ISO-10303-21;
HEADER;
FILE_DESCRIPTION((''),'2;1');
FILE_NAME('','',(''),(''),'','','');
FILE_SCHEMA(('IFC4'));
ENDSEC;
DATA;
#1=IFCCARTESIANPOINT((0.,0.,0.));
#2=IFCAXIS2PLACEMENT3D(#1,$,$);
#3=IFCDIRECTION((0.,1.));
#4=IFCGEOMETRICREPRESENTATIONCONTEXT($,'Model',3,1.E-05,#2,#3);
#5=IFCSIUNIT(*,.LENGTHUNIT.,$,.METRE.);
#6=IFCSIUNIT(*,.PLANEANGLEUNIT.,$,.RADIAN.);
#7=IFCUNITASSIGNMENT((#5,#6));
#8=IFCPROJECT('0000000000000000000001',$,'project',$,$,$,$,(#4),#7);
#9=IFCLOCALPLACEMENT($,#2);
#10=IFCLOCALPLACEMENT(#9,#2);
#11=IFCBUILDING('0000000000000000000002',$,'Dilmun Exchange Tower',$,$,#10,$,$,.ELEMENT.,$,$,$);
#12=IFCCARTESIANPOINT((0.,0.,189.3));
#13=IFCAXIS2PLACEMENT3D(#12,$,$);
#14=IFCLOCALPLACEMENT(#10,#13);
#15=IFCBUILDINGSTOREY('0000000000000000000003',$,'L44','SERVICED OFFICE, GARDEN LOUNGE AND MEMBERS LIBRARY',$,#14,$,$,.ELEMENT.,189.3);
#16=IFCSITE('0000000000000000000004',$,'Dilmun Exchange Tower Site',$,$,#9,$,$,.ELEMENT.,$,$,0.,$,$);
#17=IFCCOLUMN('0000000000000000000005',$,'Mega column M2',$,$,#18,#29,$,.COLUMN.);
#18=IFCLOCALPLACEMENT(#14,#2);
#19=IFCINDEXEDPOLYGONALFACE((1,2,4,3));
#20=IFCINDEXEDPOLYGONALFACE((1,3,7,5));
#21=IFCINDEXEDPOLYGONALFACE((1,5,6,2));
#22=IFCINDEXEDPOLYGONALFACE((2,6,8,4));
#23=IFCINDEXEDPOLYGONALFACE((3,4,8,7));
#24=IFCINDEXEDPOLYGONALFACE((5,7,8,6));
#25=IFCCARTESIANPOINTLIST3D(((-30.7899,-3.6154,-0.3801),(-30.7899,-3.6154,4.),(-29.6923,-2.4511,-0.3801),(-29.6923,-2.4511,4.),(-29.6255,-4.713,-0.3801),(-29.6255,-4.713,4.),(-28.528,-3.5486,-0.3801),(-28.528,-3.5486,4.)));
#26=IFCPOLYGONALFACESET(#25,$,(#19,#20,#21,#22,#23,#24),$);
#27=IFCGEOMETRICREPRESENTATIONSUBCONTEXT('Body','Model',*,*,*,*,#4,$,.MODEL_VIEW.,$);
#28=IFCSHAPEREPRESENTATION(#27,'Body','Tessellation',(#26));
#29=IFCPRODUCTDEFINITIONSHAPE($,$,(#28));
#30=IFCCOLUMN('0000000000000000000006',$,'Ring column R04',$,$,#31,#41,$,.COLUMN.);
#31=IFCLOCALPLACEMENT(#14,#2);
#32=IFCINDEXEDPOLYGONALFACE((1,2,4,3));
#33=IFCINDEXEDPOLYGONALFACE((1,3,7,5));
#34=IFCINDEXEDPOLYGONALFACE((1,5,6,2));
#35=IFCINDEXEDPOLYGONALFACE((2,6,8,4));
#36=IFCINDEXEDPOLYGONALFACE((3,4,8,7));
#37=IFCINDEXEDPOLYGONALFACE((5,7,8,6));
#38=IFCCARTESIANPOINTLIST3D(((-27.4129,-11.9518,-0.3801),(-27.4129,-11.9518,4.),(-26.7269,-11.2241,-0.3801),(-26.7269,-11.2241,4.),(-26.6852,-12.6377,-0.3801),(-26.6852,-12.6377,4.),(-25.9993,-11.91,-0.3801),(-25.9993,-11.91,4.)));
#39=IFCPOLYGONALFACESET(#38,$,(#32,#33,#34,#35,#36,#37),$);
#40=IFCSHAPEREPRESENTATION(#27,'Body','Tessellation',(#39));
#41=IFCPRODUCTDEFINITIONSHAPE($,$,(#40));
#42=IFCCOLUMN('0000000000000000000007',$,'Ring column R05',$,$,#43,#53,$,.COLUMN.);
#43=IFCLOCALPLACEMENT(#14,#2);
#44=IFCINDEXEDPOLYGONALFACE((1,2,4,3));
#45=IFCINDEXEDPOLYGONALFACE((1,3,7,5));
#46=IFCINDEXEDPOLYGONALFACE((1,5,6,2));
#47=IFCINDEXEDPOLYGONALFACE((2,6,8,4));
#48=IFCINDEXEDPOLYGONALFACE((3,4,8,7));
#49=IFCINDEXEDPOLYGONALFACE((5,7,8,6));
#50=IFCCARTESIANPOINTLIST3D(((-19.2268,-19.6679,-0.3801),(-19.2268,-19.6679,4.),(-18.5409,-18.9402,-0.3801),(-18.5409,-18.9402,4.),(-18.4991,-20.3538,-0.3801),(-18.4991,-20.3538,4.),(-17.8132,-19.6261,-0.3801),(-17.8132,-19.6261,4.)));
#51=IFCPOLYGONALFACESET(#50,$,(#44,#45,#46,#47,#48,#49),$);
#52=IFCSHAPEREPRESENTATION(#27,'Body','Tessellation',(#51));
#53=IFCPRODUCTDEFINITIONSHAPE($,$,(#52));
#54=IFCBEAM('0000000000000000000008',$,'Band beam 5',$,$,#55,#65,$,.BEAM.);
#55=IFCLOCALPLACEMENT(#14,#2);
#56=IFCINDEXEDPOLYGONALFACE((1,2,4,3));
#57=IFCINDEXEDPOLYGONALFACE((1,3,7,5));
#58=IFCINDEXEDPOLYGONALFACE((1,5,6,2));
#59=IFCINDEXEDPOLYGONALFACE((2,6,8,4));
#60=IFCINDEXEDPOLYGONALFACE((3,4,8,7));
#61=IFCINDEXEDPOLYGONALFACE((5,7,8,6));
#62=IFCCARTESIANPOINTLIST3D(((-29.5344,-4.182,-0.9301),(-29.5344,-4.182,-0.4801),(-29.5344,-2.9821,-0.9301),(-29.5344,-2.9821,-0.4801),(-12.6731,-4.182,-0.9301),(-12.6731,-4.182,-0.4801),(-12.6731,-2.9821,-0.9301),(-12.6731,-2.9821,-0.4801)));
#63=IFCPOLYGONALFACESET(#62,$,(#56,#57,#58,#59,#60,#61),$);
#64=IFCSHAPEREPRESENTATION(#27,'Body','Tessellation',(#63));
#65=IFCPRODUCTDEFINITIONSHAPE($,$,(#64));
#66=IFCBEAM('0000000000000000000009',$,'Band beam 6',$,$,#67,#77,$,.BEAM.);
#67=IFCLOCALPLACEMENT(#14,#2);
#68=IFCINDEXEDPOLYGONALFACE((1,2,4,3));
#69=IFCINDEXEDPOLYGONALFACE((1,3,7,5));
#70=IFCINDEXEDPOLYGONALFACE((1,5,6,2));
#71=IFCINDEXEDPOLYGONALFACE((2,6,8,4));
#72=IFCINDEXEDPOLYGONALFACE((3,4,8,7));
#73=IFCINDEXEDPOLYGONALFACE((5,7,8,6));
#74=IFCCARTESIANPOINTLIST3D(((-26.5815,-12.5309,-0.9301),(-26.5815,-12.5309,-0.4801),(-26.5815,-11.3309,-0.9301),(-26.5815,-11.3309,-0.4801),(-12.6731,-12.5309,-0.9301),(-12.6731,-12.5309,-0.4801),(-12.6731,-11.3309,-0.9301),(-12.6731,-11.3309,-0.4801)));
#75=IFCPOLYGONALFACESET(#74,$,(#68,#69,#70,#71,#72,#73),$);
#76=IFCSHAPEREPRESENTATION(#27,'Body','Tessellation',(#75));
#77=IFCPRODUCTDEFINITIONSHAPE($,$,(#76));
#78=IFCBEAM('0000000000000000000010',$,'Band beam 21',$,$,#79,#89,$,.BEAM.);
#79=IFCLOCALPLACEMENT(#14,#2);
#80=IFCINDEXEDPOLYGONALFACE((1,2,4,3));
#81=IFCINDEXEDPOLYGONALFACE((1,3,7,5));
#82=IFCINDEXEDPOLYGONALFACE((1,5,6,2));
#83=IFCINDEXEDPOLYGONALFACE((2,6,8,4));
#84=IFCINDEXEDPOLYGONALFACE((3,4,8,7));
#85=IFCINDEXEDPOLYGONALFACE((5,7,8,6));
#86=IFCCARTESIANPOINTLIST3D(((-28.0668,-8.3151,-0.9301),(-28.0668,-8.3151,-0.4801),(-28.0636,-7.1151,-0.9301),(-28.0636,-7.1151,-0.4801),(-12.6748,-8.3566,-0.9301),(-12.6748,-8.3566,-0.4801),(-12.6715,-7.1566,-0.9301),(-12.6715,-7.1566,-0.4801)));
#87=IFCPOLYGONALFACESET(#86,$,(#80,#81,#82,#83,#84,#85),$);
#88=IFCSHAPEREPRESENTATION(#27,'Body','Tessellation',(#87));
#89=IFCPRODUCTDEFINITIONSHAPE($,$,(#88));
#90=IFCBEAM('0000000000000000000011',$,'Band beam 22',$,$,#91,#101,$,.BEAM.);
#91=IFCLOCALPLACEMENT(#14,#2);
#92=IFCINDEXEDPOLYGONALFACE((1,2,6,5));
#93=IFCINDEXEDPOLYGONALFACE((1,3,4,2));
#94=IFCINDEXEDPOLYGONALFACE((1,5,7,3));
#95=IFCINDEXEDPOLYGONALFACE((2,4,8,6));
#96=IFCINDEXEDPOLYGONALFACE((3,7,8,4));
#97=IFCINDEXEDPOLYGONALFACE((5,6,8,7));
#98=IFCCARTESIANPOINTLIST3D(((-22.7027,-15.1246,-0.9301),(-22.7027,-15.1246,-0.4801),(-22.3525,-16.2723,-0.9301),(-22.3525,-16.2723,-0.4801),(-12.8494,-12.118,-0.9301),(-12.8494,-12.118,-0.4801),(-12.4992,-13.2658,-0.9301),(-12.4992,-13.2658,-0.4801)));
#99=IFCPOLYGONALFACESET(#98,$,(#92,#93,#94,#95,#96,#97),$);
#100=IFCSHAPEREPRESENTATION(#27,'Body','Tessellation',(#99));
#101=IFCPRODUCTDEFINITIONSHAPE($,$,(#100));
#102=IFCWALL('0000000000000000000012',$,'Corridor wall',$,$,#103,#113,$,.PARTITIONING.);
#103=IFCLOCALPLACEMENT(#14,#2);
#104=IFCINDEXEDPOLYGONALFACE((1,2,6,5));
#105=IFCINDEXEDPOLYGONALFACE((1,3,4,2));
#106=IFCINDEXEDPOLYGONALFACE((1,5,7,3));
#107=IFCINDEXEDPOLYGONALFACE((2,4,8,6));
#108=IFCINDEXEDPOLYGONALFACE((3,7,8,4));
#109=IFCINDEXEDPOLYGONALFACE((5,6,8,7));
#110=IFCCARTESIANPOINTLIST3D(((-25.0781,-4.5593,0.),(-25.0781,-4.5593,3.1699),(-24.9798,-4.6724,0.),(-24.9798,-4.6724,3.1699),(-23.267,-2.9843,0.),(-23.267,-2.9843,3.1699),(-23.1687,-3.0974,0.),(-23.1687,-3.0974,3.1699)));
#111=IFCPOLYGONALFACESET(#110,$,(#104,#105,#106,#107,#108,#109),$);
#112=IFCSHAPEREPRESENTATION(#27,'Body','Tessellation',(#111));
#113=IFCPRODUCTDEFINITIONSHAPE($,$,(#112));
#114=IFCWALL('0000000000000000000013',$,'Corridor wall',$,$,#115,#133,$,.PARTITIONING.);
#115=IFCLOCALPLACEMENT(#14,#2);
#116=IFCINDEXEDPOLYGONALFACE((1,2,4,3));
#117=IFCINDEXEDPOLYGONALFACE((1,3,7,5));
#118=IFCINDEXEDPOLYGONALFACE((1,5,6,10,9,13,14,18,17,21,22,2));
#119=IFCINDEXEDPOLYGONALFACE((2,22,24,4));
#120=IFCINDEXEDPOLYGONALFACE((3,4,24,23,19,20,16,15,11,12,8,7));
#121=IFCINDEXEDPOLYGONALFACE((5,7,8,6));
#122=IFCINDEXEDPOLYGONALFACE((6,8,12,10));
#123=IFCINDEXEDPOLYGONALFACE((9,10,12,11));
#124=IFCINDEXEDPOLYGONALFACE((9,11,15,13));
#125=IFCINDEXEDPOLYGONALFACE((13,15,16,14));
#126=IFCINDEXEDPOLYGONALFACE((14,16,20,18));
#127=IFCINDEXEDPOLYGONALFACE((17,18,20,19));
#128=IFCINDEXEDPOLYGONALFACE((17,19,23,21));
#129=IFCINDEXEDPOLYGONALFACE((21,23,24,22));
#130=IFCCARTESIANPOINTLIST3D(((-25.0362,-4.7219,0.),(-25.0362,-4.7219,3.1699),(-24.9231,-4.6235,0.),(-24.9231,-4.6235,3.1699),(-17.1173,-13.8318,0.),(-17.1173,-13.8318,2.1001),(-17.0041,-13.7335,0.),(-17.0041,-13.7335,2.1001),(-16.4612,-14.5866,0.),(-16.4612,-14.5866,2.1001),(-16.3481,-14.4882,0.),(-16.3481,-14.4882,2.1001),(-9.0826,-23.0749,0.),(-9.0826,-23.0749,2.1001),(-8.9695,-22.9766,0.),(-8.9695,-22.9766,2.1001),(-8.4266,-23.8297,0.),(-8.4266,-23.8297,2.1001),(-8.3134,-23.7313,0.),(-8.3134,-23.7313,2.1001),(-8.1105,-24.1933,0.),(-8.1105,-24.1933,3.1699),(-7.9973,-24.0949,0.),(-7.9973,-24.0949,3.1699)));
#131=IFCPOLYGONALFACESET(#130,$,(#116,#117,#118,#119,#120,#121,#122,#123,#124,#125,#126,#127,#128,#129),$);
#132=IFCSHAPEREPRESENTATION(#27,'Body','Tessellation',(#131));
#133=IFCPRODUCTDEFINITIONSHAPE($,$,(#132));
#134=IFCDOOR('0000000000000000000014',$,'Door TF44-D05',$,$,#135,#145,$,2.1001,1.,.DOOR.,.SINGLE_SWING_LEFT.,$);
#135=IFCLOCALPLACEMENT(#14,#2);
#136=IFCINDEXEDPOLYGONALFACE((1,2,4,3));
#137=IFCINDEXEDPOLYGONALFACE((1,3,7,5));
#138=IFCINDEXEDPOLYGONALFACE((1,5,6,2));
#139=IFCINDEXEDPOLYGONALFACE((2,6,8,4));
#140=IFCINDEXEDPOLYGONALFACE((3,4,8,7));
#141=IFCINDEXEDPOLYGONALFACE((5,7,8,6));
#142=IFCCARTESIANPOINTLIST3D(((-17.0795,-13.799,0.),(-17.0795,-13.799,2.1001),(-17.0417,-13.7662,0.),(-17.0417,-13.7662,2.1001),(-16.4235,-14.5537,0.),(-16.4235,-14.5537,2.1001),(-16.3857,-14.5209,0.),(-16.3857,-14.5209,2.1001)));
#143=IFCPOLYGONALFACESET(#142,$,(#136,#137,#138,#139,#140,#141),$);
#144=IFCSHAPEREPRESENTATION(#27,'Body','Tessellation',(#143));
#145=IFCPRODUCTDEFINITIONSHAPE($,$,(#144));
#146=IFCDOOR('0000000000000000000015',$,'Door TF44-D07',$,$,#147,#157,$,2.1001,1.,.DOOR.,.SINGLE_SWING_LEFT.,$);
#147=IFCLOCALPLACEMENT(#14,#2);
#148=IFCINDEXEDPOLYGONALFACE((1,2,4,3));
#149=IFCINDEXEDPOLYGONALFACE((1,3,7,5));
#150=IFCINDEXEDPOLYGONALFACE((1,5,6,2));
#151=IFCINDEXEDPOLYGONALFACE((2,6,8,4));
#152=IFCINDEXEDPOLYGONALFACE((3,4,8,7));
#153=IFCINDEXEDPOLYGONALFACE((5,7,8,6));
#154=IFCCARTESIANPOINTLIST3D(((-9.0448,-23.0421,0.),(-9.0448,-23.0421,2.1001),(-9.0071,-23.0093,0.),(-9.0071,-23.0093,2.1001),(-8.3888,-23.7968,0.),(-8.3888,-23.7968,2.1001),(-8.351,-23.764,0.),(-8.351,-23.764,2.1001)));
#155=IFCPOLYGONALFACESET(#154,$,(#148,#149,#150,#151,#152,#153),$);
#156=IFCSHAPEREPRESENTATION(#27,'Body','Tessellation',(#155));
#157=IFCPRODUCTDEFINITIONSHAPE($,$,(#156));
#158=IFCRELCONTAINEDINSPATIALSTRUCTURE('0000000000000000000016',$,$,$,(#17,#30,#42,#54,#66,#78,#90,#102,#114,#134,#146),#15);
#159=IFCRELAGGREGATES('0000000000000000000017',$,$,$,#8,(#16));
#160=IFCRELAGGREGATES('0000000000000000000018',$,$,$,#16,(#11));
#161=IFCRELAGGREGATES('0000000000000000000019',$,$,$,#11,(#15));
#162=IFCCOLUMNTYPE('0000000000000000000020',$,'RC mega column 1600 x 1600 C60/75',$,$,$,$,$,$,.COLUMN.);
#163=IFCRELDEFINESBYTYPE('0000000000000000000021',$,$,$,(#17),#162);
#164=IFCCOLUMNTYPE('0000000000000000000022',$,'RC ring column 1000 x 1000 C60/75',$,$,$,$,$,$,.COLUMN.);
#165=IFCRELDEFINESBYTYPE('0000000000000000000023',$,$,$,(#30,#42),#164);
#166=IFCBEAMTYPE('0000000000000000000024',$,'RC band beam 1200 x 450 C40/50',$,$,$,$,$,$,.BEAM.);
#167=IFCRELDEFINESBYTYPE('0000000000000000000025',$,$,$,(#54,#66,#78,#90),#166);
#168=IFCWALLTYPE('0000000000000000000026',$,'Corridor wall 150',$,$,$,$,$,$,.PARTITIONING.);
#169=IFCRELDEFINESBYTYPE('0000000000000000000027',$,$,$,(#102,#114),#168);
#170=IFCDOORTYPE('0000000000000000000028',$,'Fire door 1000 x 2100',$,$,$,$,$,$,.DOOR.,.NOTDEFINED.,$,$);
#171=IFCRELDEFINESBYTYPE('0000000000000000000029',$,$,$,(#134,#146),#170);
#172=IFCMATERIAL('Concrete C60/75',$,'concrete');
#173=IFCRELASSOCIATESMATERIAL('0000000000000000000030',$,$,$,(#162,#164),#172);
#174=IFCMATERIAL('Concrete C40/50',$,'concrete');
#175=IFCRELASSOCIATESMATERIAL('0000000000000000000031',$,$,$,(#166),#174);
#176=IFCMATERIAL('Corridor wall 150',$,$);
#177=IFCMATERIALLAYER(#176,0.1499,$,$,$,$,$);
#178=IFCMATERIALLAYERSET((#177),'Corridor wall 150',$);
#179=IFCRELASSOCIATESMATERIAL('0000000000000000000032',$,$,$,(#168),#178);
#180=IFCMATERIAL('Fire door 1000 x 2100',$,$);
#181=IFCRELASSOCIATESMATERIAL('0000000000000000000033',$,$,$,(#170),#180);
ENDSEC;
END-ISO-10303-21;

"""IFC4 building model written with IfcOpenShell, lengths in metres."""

from ifc_helpers import new_model, si_unit, direction, frame, frame_2d, origin, origin_2d, place, context, subcontext, project, spatial, rectangle, extrude, material, layer, layer_set, material_profile, profile_set, type_object, element, fill, save


model = new_model("IFC4")

# Units and contexts
model_context = context("Model", 3, precision=1e-05, world=origin(), true_north=direction((0.0, 1.0)))
body_context = subcontext(model_context, "Body", "Model", "MODEL_VIEW")
ifc_project = project(units=[si_unit("LENGTHUNIT", "METRE"), si_unit("PLANEANGLEUNIT", "RADIAN")], contexts=[model_context])

# Site, building, storey
site_placement = place(None, origin())
site = spatial("IfcSite", under=ifc_project, at=site_placement, Name="Dilmun Exchange Tower Site", CompositionType="ELEMENT", RefElevation=0.0)
building_placement = place(site_placement, origin())
building = spatial("IfcBuilding", under=site, at=building_placement, Name="Dilmun Exchange Tower", CompositionType="ELEMENT")
storey_placement = place(building_placement, frame((0.0, 0.0, 189.3)))
storey = spatial("IfcBuildingStorey", under=building, at=storey_placement, Name="L44", Description="SERVICED OFFICE, GARDEN LOUNGE AND MEMBERS LIBRARY", CompositionType="ELEMENT", Elevation=189.3)

# Columns
ifc_material_1 = material(Name="Concrete C60/75", Category="concrete")
ifc_material_profile_1 = material_profile(ifc_material_1, rectangle(XDim=1.6001, YDim=1.6001, at=origin_2d()), Name="1600 x 1600")
ifc_profile_set_1 = profile_set([ifc_material_profile_1], Name="Concrete C60/75")
column_type_1 = type_object("IfcColumnType", Name="RC mega column 1600 x 1600 C60/75", PredefinedType="COLUMN", material=ifc_profile_set_1)
column_placement = place(storey_placement, frame((-29.6589, -3.582, -0.3801), z_axis=(0.0, 0.0, 1.0), x_axis=(0.685916, 0.727681, 0.0)))
element("IfcColumn", 1, at=column_placement, inside=storey, type_object=column_type_1, Name="Mega column M2", PredefinedType="COLUMN", context=body_context, shape_type="SweptSolid", body=[
    extrude(rectangle(XDim=1.6001, YDim=1.6001, at=origin_2d()), origin(), (0.0, 0.0, 1.0), 4.3801),
])
ifc_material_profile_2 = material_profile(ifc_material_1, rectangle(XDim=1.0, YDim=1.0, at=origin_2d()), Name="1000 x 1000")
ifc_profile_set_2 = profile_set([ifc_material_profile_2], Name="Concrete C60/75")
column_type_2 = type_object("IfcColumnType", Name="RC ring column 1000 x 1000 C60/75", PredefinedType="COLUMN", material=ifc_profile_set_2)
for number, where, z_axis, x_axis, name in (
    (2, (-26.7061, -11.9309, -0.3801), (0.0, 0.0, 1.0), (0.685916, 0.727681, 0.0), "Ring column R04"),
    (3, (-18.52, -19.647, -0.3801), (0.0, 0.0, 1.0), (0.685916, 0.727681, 0.0), "Ring column R05"),
):
    element("IfcColumn", number, at=place(storey_placement, frame(where, z_axis=z_axis, x_axis=x_axis)), inside=storey, type_object=column_type_2, Name=name, PredefinedType="COLUMN", context=body_context, shape_type="SweptSolid", body=[
        extrude(rectangle(XDim=1.0, YDim=1.0, at=origin_2d()), origin(), (0.0, 0.0, 1.0), 4.3801),
    ])

# Beams
ifc_material_2 = material(Name="Concrete C40/50", Category="concrete")
ifc_material_profile_3 = material_profile(ifc_material_2, rectangle(XDim=1.2, YDim=0.45, at=origin_2d()), Name="1200 x 450")
ifc_profile_set_3 = profile_set([ifc_material_profile_3], Name="Concrete C40/50")
beam_type = type_object("IfcBeamType", Name="RC band beam 1200 x 450 C40/50", PredefinedType="BEAM", material=ifc_profile_set_3)
beam_1_placement = place(storey_placement, frame((-29.5344, -3.582, -0.7051), z_axis=(1.0, 0.0, 0.0), x_axis=(0.0, 1.0, 0.0)))
element("IfcBeam", 4, at=beam_1_placement, inside=storey, type_object=beam_type, Name="Band beam 5", PredefinedType="BEAM", context=body_context, shape_type="SweptSolid", body=[
    extrude(rectangle(XDim=1.2, YDim=0.45, at=origin_2d()), origin(), (0.0, 0.0, 1.0), 16.8613),
])
beam_2_placement = place(storey_placement, frame((-26.5815, -11.9309, -0.7051), z_axis=(1.0, 0.0, 0.0), x_axis=(0.0, 1.0, 0.0)))
element("IfcBeam", 5, at=beam_2_placement, inside=storey, type_object=beam_type, Name="Band beam 6", PredefinedType="BEAM", context=body_context, shape_type="SweptSolid", body=[
    extrude(rectangle(XDim=1.2, YDim=0.45, at=origin_2d()), origin(), (0.0, 0.0, 1.0), 13.9084),
])
beam_3_placement = place(storey_placement, frame((-28.0652, -7.7151, -0.7051), z_axis=(0.999996, -0.002696, 0.0), x_axis=(0.002696, 0.999996, 0.0)))
element("IfcBeam", 6, at=beam_3_placement, inside=storey, type_object=beam_type, Name="Band beam 21", PredefinedType="BEAM", context=body_context, shape_type="SweptSolid", body=[
    extrude(rectangle(XDim=1.2, YDim=0.45, at=origin_2d()), origin(), (0.0, 0.0, 1.0), 15.3921),
])
beam_4_placement = place(storey_placement, frame((-22.5276, -15.6985, -0.7051), z_axis=(0.956464, 0.291852, 0.0), x_axis=(-0.291852, 0.956464, 0.0)))
element("IfcBeam", 7, at=beam_4_placement, inside=storey, type_object=beam_type, Name="Band beam 22", PredefinedType="BEAM", context=body_context, shape_type="SweptSolid", body=[
    extrude(rectangle(XDim=1.2, YDim=0.45, at=origin_2d()), origin(), (0.0, 0.0, 1.0), 10.3018),
])

# Wall
ifc_material_3 = material(Name="Corridor wall 150")
ifc_layer_1 = layer(ifc_material_3, 0.1499)
ifc_layer_set_1 = layer_set([ifc_layer_1], Name="Corridor wall 150")
wall_type_1 = type_object("IfcWallType", Name="Corridor wall 150", PredefinedType="PARTITIONING", material=ifc_layer_set_1)
wall_1_placement = place(storey_placement, frame((-25.0291, -4.616, 0.0), z_axis=(0.0, 0.0, 1.0), x_axis=(0.754577, 0.656211, 0.0)))
element("IfcWall", 8, at=wall_1_placement, inside=storey, type_object=wall_type_1, Name="Corridor wall", PredefinedType="PARTITIONING", context=body_context, shape_type="SweptSolid", body=[
    extrude(rectangle(XDim=2.4001, YDim=0.1499, at=frame_2d((1.2002, 0.0))), origin(), (0.0, 0.0, 1.0), 3.1699),
])

# Wall, openings, doors
wall_2_placement = place(storey_placement, frame((-24.9797, -4.6726, 0.0), z_axis=(0.0, 0.0, 1.0), x_axis=(0.656048, -0.754719, 0.0)))
wall_2 = element("IfcWall", 9, at=wall_2_placement, inside=storey, type_object=wall_type_1, Name="Corridor wall", PredefinedType="PARTITIONING", context=body_context, shape_type="SweptSolid", body=[
    extrude(rectangle(XDim=25.7996, YDim=0.1499, at=frame_2d((12.8999, 0.0))), origin(), (0.0, 0.0, 1.0), 3.1699),
])
opening_1_placement = place(wall_2_placement, frame((12.0708, 0.0, 0.0)))
opening_1 = element("IfcOpeningElement", 10, at=opening_1_placement, cuts=wall_2, PredefinedType="OPENING", context=body_context, shape_type="SweptSolid", body=[
    extrude(rectangle(XDim=1.0, YDim=2.1001, at=frame_2d((0.5, 1.05))), frame((0.0, 0.085, 0.0), z_axis=(0.0, -1.0, 0.0), x_axis=(1.0, 0.0, 0.0)), (0.0, 0.0, 1.0), 0.1699),
])
opening_2_placement = place(wall_2_placement, frame((24.3179, 0.0, 0.0)))
opening_2 = element("IfcOpeningElement", 11, at=opening_2_placement, cuts=wall_2, PredefinedType="OPENING", context=body_context, shape_type="SweptSolid", body=[
    extrude(rectangle(XDim=1.0, YDim=2.1001, at=frame_2d((0.5, 1.05))), frame((0.0, 0.085, 0.0), z_axis=(0.0, -1.0, 0.0), x_axis=(1.0, 0.0, 0.0)), (0.0, 0.0, 1.0), 0.1699),
])
ifc_material_4 = material(Name="Fire door 1000 x 2100")
door_type_1 = type_object("IfcDoorType", Name="Fire door 1000 x 2100", OperationType="NOTDEFINED", PredefinedType="DOOR", material=ifc_material_4)
door_1_placement = place(opening_1_placement, frame((1.0, 0.0, 0.0), z_axis=(0.0, 0.0, 1.0), x_axis=(-1.0, 0.0, 0.0)))
door_1 = element("IfcDoor", 12, at=door_1_placement, inside=storey, type_object=door_type_1, Name="Door TF44-D05", OperationType="SINGLE_SWING_LEFT", OverallHeight=2.1001, OverallWidth=1.0, PredefinedType="DOOR", context=body_context, shape_type="SweptSolid", body=[
    extrude(rectangle(XDim=1.0, YDim=2.1001, at=frame_2d((0.5, 1.05))), frame((0.0, 0.0249, 0.0), z_axis=(0.0, -1.0, 0.0), x_axis=(1.0, 0.0, 0.0)), (0.0, 0.0, 1.0), 0.05),
])
fill(opening_1, door_1)
door_2_placement = place(opening_2_placement, frame((1.0, 0.0, 0.0), z_axis=(0.0, 0.0, 1.0), x_axis=(-1.0, 0.0, 0.0)))
door_2 = element("IfcDoor", 13, at=door_2_placement, inside=storey, type_object=door_type_1, Name="Door TF44-D07", OperationType="SINGLE_SWING_LEFT", OverallHeight=2.1001, OverallWidth=1.0, PredefinedType="DOOR", context=body_context, shape_type="SweptSolid", body=[
    extrude(rectangle(XDim=1.0, YDim=2.1001, at=frame_2d((0.5, 1.05))), frame((0.0, 0.0249, 0.0), z_axis=(0.0, -1.0, 0.0), x_axis=(1.0, 0.0, 0.0)), (0.0, 0.0, 1.0), 0.05),
])
fill(opening_2, door_2)

save(model, "model.ifc")
